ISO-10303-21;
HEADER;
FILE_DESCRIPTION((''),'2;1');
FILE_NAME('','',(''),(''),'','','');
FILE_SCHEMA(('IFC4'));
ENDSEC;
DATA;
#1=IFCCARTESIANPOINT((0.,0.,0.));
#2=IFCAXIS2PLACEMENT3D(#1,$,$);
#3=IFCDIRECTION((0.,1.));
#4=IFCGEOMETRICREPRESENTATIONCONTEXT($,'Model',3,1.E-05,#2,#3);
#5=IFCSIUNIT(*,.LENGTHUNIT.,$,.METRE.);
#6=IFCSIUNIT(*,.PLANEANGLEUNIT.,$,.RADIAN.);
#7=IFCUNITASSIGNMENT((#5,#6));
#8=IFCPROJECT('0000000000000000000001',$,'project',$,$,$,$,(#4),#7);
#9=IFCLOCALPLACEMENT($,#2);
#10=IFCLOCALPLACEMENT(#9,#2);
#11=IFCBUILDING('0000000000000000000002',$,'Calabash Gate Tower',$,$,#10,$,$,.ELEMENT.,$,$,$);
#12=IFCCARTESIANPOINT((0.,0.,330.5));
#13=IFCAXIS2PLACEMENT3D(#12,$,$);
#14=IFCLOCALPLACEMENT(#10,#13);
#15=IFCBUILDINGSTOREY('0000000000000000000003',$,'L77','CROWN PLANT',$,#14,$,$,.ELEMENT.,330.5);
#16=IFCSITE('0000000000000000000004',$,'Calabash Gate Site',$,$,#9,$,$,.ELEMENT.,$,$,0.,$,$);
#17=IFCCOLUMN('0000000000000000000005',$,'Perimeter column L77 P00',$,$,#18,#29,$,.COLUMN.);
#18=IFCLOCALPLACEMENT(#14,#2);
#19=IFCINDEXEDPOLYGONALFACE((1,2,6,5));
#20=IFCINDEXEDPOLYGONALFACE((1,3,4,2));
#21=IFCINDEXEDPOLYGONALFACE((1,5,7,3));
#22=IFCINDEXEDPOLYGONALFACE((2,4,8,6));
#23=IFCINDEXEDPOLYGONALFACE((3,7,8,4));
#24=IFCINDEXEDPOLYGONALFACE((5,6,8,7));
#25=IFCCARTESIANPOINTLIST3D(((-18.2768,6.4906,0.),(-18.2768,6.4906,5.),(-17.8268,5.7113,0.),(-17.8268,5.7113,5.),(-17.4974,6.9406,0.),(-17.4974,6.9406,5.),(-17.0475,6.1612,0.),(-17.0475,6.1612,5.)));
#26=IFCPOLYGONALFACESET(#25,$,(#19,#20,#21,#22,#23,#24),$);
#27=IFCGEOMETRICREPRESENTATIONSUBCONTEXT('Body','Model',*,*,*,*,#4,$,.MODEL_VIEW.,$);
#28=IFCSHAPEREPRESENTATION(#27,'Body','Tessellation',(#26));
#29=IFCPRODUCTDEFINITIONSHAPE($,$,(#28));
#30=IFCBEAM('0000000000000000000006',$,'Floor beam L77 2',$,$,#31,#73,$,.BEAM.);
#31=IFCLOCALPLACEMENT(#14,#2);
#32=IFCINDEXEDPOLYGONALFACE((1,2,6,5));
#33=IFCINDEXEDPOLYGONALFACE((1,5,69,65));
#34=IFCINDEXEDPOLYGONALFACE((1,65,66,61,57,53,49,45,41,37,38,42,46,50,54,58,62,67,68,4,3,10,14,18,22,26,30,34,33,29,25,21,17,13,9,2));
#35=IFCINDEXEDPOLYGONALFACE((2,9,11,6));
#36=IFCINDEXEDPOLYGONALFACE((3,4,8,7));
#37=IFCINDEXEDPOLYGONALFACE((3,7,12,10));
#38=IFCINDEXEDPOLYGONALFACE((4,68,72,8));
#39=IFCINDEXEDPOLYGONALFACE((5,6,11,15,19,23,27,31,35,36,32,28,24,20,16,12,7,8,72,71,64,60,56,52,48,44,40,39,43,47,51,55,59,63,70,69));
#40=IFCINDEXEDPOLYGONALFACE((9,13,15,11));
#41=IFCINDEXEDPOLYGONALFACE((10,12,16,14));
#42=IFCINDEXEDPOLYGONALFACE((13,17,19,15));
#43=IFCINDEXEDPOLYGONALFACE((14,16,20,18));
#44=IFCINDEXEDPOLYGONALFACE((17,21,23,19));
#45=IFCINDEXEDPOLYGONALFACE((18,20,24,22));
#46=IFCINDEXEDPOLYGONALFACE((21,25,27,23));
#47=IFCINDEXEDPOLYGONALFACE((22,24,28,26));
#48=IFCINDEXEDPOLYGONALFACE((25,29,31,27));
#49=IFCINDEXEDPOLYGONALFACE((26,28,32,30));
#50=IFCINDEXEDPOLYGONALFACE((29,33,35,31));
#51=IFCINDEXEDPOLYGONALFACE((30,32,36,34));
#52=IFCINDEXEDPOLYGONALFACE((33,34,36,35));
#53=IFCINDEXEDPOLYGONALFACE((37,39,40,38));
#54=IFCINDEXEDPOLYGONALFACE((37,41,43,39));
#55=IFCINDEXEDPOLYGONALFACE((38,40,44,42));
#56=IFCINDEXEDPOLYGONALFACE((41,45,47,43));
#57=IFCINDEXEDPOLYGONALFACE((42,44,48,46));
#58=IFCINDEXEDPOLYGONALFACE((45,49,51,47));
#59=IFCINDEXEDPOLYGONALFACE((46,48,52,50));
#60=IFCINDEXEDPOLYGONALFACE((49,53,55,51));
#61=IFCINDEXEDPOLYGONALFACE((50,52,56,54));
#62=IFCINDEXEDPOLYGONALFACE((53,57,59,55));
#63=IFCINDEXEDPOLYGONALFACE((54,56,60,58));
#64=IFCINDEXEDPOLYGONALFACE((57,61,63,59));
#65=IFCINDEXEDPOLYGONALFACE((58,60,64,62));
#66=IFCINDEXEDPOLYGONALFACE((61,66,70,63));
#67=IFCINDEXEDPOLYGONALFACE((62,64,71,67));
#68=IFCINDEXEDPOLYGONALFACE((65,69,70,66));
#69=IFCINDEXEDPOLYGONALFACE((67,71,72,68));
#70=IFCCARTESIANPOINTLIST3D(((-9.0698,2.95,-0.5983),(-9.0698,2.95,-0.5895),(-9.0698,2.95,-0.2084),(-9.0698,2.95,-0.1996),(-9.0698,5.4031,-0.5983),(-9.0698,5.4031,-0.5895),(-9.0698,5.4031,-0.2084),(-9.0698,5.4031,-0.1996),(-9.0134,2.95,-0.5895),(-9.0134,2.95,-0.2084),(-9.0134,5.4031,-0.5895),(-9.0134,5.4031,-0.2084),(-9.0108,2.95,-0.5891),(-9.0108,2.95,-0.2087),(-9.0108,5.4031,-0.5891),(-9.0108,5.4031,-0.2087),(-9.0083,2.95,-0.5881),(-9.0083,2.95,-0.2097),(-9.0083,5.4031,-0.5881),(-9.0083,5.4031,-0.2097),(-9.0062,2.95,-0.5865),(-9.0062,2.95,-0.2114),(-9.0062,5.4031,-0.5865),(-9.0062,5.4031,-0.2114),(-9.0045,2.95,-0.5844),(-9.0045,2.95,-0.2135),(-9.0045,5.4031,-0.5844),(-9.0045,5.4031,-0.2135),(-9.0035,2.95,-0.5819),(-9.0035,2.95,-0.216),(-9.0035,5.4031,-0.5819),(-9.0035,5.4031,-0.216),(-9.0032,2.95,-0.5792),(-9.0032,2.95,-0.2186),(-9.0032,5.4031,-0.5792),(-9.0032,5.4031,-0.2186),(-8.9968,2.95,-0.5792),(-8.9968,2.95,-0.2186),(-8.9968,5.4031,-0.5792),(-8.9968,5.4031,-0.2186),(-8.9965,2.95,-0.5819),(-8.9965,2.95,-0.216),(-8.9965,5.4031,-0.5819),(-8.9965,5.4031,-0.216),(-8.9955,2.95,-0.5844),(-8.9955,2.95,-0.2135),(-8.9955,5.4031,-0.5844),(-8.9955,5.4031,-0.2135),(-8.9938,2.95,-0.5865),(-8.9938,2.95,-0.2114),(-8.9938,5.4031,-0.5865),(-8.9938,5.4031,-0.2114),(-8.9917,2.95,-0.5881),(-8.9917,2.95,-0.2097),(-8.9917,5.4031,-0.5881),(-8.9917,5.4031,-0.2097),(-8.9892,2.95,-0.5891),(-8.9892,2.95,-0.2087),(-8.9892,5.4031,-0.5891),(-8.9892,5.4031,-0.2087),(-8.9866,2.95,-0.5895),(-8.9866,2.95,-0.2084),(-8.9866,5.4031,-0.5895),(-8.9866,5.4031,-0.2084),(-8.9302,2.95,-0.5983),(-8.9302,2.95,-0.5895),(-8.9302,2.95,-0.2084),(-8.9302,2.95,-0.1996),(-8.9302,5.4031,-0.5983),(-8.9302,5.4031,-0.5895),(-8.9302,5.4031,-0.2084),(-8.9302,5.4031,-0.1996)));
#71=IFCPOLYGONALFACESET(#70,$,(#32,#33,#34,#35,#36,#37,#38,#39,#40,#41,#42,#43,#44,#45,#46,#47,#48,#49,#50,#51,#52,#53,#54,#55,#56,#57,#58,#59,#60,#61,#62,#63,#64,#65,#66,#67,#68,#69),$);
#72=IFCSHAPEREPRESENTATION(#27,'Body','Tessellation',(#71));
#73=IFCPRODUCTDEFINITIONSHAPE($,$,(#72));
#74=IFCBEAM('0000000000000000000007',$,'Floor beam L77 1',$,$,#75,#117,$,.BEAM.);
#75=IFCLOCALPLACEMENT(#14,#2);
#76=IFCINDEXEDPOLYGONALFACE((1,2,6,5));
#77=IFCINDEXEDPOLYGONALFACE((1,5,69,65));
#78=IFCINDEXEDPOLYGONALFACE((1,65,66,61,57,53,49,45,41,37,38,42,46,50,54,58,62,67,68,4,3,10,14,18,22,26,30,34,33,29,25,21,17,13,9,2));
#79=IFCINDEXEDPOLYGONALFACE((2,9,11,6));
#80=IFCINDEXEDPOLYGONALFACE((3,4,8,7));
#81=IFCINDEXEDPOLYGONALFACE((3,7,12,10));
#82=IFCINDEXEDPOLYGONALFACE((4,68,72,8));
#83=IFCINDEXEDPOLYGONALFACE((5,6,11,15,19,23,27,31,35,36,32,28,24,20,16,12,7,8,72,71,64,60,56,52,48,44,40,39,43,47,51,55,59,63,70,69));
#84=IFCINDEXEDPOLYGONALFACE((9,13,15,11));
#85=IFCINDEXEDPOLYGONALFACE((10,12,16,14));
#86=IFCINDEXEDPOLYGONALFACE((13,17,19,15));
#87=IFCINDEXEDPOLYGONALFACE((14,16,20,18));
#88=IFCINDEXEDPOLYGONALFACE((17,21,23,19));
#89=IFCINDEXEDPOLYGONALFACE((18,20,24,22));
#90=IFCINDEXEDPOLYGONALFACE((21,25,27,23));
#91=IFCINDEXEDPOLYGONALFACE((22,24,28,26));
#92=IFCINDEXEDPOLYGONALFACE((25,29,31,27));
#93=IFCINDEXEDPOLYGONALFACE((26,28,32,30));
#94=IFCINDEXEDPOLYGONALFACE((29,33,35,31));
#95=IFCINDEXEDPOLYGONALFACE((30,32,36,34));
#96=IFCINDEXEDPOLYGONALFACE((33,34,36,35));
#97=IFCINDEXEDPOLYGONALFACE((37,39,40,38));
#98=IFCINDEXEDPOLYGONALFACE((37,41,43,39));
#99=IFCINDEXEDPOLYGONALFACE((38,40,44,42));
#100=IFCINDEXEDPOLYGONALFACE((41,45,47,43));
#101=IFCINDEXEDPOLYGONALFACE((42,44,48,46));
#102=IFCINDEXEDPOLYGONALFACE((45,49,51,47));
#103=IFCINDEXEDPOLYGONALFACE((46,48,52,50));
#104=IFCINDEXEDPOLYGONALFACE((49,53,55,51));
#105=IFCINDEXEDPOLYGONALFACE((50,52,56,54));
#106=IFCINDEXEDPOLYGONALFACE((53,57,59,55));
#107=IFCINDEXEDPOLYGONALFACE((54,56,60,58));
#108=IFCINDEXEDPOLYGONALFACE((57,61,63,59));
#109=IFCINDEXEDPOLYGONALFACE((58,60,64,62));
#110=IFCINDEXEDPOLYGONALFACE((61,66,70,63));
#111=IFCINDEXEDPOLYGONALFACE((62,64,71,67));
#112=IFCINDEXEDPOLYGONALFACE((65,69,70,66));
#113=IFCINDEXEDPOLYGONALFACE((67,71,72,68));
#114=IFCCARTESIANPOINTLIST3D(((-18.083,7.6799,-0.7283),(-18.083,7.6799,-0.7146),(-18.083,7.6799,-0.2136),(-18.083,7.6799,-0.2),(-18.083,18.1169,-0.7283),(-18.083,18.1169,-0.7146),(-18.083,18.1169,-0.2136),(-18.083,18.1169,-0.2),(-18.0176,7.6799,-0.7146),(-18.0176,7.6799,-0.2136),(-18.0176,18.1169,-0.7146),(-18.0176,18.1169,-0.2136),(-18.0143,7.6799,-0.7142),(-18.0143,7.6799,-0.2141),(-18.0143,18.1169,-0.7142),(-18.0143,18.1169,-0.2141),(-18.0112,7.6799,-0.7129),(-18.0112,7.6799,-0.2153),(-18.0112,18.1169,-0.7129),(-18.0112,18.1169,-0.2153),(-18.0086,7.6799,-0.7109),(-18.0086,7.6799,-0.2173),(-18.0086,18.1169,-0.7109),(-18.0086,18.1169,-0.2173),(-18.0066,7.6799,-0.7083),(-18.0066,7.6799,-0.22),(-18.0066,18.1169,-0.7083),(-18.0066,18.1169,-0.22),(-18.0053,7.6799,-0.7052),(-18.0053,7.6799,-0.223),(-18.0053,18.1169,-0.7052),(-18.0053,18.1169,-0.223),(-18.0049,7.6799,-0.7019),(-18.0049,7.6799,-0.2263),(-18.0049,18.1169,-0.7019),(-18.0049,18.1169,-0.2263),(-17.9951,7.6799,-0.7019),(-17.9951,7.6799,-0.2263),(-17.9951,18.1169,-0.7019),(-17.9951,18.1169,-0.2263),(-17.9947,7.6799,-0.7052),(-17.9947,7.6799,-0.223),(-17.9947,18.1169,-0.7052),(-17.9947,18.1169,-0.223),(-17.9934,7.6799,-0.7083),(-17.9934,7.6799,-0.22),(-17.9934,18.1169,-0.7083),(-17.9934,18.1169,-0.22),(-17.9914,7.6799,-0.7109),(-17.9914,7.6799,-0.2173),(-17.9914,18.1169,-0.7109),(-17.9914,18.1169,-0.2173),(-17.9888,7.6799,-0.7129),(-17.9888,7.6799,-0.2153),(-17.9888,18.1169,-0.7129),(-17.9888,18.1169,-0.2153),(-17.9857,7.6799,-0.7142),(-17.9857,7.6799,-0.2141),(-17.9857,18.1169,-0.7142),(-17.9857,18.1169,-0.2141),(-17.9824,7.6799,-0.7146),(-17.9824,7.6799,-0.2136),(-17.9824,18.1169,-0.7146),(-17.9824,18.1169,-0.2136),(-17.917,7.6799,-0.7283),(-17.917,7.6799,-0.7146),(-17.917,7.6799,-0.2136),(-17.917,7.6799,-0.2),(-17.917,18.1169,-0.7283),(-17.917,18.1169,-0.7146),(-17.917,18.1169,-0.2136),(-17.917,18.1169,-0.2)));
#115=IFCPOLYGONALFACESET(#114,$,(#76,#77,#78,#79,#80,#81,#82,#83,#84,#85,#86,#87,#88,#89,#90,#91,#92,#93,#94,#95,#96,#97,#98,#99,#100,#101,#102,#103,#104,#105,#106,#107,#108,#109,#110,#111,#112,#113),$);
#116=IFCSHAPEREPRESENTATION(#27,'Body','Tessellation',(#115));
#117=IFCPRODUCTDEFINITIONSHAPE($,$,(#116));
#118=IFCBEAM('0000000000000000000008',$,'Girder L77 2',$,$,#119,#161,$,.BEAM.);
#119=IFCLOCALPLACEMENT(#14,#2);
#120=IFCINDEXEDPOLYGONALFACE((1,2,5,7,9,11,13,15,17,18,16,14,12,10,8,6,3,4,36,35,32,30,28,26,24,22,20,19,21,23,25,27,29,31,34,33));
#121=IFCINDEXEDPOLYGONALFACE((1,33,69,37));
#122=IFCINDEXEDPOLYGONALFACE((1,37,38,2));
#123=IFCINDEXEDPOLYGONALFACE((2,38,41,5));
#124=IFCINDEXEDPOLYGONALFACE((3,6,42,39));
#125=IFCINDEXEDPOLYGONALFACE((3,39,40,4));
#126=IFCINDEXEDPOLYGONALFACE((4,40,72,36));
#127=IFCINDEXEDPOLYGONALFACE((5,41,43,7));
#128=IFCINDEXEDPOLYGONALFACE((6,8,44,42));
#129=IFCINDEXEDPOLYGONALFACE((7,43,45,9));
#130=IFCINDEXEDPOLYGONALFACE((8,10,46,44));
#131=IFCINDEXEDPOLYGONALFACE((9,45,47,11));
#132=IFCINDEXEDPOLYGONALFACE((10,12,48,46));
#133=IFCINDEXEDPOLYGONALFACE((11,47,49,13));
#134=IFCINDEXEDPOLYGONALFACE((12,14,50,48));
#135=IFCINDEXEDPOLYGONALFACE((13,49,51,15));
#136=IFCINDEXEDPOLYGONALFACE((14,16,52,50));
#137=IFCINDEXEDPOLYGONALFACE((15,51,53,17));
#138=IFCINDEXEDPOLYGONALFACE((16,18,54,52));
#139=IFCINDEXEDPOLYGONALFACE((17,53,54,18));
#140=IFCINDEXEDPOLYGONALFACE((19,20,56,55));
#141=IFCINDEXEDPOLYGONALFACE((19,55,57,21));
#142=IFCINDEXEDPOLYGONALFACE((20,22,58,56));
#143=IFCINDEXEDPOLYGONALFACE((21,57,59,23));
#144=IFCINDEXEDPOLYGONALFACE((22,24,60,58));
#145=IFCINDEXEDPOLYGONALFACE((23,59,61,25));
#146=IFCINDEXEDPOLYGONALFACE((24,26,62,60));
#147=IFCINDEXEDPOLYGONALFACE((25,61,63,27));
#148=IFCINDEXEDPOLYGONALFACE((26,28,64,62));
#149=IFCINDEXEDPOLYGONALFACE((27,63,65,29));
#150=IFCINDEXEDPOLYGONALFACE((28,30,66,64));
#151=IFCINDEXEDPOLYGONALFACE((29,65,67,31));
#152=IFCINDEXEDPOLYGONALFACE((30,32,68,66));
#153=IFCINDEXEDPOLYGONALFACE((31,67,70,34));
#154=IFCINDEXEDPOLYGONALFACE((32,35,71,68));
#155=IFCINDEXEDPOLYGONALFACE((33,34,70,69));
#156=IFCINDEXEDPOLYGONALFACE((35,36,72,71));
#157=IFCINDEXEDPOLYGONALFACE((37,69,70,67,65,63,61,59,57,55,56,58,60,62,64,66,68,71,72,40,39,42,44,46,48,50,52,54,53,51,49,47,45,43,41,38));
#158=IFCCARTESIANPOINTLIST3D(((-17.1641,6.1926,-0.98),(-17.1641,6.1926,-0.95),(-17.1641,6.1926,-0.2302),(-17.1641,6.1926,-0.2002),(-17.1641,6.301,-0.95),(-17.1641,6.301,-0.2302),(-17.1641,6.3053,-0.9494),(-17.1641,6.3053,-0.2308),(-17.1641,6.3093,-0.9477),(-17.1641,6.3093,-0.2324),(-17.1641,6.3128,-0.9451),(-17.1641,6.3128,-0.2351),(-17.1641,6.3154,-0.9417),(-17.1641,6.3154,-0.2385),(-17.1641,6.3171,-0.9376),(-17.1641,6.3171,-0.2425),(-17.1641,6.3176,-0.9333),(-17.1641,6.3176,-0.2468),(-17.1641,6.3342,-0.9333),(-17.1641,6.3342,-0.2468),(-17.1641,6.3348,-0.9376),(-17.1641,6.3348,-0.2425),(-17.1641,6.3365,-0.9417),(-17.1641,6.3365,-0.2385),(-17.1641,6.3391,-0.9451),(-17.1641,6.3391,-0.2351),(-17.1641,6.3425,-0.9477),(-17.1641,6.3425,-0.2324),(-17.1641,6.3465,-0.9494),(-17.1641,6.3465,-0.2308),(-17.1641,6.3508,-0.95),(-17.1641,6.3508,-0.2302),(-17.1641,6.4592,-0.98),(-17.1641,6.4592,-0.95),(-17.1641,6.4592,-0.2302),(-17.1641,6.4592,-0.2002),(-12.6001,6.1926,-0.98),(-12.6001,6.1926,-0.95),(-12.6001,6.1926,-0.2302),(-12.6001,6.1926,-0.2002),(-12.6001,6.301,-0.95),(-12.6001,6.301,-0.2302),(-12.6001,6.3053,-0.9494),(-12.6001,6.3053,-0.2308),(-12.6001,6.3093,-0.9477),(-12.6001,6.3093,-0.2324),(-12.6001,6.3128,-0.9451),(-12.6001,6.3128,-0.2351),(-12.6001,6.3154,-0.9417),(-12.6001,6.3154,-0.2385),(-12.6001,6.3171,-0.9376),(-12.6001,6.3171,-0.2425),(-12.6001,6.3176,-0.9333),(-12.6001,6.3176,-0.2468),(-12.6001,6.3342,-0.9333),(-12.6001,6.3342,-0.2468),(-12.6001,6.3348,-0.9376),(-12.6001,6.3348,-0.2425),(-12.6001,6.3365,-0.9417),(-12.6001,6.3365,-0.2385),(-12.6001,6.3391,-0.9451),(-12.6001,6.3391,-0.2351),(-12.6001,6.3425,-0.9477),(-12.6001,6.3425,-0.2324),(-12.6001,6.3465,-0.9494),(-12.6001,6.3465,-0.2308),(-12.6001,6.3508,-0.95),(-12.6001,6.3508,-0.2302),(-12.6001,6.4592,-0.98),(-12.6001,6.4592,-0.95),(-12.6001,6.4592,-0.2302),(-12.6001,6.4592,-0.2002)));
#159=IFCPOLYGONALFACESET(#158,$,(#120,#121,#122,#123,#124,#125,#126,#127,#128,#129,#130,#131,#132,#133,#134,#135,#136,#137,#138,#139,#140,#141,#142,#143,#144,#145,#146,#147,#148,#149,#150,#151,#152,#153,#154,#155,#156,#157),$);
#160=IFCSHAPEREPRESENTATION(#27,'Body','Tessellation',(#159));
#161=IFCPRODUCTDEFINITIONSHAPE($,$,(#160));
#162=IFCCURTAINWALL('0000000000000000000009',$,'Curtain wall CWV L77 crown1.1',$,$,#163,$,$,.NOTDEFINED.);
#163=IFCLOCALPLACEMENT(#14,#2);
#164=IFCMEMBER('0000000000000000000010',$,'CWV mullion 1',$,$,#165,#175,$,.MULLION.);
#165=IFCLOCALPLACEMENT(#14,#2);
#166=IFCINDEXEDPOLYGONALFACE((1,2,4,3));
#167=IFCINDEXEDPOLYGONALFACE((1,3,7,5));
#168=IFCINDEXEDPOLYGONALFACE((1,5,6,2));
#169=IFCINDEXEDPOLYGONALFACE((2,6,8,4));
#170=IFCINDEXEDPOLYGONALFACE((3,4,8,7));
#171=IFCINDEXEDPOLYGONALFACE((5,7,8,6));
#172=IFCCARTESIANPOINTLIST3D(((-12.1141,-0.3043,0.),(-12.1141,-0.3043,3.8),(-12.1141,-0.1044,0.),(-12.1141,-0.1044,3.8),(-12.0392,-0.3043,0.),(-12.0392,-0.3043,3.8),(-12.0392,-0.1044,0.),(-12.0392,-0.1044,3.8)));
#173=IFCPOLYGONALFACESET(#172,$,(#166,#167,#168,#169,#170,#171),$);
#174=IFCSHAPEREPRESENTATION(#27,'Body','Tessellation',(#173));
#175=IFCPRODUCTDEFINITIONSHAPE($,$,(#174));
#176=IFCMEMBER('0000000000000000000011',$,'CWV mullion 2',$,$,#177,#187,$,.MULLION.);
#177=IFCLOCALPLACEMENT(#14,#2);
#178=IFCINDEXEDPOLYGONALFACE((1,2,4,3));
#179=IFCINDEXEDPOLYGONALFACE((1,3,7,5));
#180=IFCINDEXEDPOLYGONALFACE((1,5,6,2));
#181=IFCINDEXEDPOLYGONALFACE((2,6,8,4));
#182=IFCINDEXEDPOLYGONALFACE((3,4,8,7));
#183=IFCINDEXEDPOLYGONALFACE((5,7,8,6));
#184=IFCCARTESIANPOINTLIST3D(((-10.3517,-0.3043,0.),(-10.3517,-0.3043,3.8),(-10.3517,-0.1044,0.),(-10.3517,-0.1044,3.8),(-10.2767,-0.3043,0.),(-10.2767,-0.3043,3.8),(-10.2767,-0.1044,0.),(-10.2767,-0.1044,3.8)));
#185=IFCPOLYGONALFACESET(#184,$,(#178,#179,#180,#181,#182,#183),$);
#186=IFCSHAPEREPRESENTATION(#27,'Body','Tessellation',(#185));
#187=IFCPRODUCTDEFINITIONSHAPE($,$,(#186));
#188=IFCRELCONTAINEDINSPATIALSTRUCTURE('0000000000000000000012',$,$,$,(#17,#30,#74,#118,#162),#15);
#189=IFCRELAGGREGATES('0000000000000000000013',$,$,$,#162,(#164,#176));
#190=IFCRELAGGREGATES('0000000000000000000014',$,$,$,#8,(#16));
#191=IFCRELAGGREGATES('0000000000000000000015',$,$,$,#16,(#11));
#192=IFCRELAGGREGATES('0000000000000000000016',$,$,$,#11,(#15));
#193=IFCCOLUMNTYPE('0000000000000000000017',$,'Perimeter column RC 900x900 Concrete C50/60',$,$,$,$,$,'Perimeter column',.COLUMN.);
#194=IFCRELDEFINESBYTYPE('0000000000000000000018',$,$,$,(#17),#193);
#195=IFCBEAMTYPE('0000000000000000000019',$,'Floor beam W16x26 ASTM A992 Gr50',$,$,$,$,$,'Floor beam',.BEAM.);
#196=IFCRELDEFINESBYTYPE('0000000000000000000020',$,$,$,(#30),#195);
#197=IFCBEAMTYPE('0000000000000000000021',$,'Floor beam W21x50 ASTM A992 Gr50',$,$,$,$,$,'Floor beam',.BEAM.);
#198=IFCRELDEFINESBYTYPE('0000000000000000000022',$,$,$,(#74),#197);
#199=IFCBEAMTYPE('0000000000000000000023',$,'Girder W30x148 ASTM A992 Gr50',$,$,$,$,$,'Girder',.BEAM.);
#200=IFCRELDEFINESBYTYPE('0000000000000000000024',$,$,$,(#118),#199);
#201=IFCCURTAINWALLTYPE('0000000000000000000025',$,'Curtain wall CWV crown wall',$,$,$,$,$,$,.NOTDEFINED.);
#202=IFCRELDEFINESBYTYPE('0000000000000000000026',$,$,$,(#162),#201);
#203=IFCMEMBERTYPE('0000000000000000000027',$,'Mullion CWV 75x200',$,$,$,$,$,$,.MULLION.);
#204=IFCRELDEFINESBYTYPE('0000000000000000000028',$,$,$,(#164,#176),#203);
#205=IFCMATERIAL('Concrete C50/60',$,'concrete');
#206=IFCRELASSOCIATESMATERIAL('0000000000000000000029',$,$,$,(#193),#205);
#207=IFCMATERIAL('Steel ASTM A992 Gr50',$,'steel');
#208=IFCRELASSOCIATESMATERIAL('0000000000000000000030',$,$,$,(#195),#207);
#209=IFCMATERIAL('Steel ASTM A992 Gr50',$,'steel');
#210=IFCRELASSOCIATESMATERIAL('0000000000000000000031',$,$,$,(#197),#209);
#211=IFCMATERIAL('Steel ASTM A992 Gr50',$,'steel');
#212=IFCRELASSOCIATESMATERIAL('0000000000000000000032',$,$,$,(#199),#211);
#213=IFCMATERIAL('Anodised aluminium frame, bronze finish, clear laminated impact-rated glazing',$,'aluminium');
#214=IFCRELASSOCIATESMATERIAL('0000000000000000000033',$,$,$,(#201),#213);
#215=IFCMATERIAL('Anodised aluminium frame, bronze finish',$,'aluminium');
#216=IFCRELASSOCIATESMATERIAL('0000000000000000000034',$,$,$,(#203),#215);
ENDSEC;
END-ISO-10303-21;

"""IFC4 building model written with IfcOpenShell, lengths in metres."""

from ifc_helpers import new_model, si_unit, direction, frame, origin, origin_2d, place, context, subcontext, project, spatial, rectangle, i_section, extrude, material, material_profile, profile_set, type_object, element, aggregate, save


model = new_model("IFC4")

# Units and contexts
model_context = context("Model", 3, precision=1e-05, world=origin(), true_north=direction((0.0, 1.0)))
body_context = subcontext(model_context, "Body", "Model", "MODEL_VIEW")
ifc_project = project(units=[si_unit("LENGTHUNIT", "METRE"), si_unit("PLANEANGLEUNIT", "RADIAN")], contexts=[model_context])

# Site, building, storey
site_placement = place(None, origin())
site = spatial("IfcSite", under=ifc_project, at=site_placement, Name="Calabash Gate Site", CompositionType="ELEMENT", RefElevation=0.0)
building_placement = place(site_placement, origin())
building = spatial("IfcBuilding", under=site, at=building_placement, Name="Calabash Gate Tower", CompositionType="ELEMENT")
storey_placement = place(building_placement, frame((0.0, 0.0, 330.5)))
storey = spatial("IfcBuildingStorey", under=building, at=storey_placement, Name="L77", Description="CROWN PLANT", CompositionType="ELEMENT", Elevation=330.5)

# Column
ifc_material_1 = material(Name="Concrete C50/60", Category="concrete")
ifc_material_profile_1 = material_profile(ifc_material_1, rectangle(XDim=0.8999, YDim=0.8999, at=origin_2d()))
ifc_profile_set_1 = profile_set([ifc_material_profile_1], Name="Concrete C50/60")
column_type = type_object("IfcColumnType", Name="Perimeter column RC 900x900 Concrete C50/60", ElementType="Perimeter column", PredefinedType="COLUMN", material=ifc_profile_set_1)
column_placement = place(storey_placement, frame((-17.6621, 6.3259, 0.0), z_axis=(0.0, 0.0, 1.0), x_axis=(0.5, -0.866025, 0.0)))
element("IfcColumn", 1, at=column_placement, inside=storey, type_object=column_type, Name="Perimeter column L77 P00", PredefinedType="COLUMN", context=body_context, shape_type="SweptSolid", body=[
    extrude(rectangle(XDim=0.8999, YDim=0.8999, at=origin_2d()), origin(), (0.0, 0.0, 1.0), 5.0),
])

# Beams
ifc_material_2 = material(Name="Steel ASTM A992 Gr50", Category="steel")
ifc_material_profile_2 = material_profile(ifc_material_2, i_section(OverallWidth=0.1396, OverallDepth=0.3987, WebThickness=0.0063, FlangeThickness=0.0088, FilletRadius=0.0103, at=origin_2d()))
ifc_profile_set_2 = profile_set([ifc_material_profile_2], Name="Steel ASTM A992 Gr50")
beam_type_1 = type_object("IfcBeamType", Name="Floor beam W16x26 ASTM A992 Gr50", ElementType="Floor beam", PredefinedType="BEAM", material=ifc_profile_set_2)
beam_1_placement = place(storey_placement, frame((-9.0, 2.95, -0.3989), z_axis=(0.0, 1.0, 0.0), x_axis=(-1.0, 0.0, 0.0)))
element("IfcBeam", 2, at=beam_1_placement, inside=storey, type_object=beam_type_1, Name="Floor beam L77 2", PredefinedType="BEAM", context=body_context, shape_type="SweptSolid", body=[
    extrude(i_section(OverallWidth=0.1396, OverallDepth=0.3987, WebThickness=0.0063, FlangeThickness=0.0088, FilletRadius=0.0103, at=origin_2d()), origin(), (0.0, 0.0, 1.0), 2.4531),
])
ifc_material_3 = material(Name="Steel ASTM A992 Gr50", Category="steel")
ifc_material_profile_3 = material_profile(ifc_material_3, i_section(OverallWidth=0.166, OverallDepth=0.5283, WebThickness=0.0098, FlangeThickness=0.0137, FilletRadius=0.0127, at=origin_2d()))
ifc_profile_set_3 = profile_set([ifc_material_profile_3], Name="Steel ASTM A992 Gr50")
beam_type_2 = type_object("IfcBeamType", Name="Floor beam W21x50 ASTM A992 Gr50", ElementType="Floor beam", PredefinedType="BEAM", material=ifc_profile_set_3)
beam_2_placement = place(storey_placement, frame((-18.0, 7.6799, -0.4641), z_axis=(0.0, 1.0, 0.0), x_axis=(-1.0, 0.0, 0.0)))
element("IfcBeam", 3, at=beam_2_placement, inside=storey, type_object=beam_type_2, Name="Floor beam L77 1", PredefinedType="BEAM", context=body_context, shape_type="SweptSolid", body=[
    extrude(i_section(OverallWidth=0.166, OverallDepth=0.5283, WebThickness=0.0098, FlangeThickness=0.0137, FilletRadius=0.0127, at=origin_2d()), origin(), (0.0, 0.0, 1.0), 10.437),
])
ifc_material_4 = material(Name="Steel ASTM A992 Gr50", Category="steel")
ifc_material_profile_4 = material_profile(ifc_material_4, i_section(OverallWidth=0.2666, OverallDepth=0.7798, WebThickness=0.0166, FlangeThickness=0.03, FilletRadius=0.0166, at=origin_2d()))
ifc_profile_set_4 = profile_set([ifc_material_profile_4], Name="Steel ASTM A992 Gr50")
beam_type_3 = type_object("IfcBeamType", Name="Girder W30x148 ASTM A992 Gr50", ElementType="Girder", PredefinedType="BEAM", material=ifc_profile_set_4)
beam_3_placement = place(storey_placement, frame((-17.1641, 6.3259, -0.5901), z_axis=(1.0, 0.0, 0.0), x_axis=(0.0, 1.0, 0.0)))
element("IfcBeam", 4, at=beam_3_placement, inside=storey, type_object=beam_type_3, Name="Girder L77 2", PredefinedType="BEAM", context=body_context, shape_type="SweptSolid", body=[
    extrude(i_section(OverallWidth=0.2666, OverallDepth=0.7798, WebThickness=0.0166, FlangeThickness=0.03, FilletRadius=0.0166, at=origin_2d()), origin(), (0.0, 0.0, 1.0), 4.564),
])

# Curtain wall, members
ifc_material_5 = material(Name="Anodised aluminium frame, bronze finish, clear laminated impact-rated glazing", Category="aluminium")
curtain_wall_type = type_object("IfcCurtainWallType", Name="Curtain wall CWV crown wall", PredefinedType="NOTDEFINED", material=ifc_material_5)
curtain_wall_placement = place(storey_placement, origin())
curtain_wall = element("IfcCurtainWall", 5, at=curtain_wall_placement, inside=storey, type_object=curtain_wall_type, Name="Curtain wall CWV L77 crown1.1", PredefinedType="NOTDEFINED")
ifc_material_6 = material(Name="Anodised aluminium frame, bronze finish", Category="aluminium")
ifc_material_profile_5 = material_profile(ifc_material_6, rectangle(XDim=0.2, YDim=0.075, at=origin_2d()))
ifc_profile_set_5 = profile_set([ifc_material_profile_5], Name="Anodised aluminium frame, bronze finish")
member_type_1 = type_object("IfcMemberType", Name="Mullion CWV 75x200", PredefinedType="MULLION", material=ifc_profile_set_5)
member_1_placement = place(storey_placement, frame((-12.0767, -0.2043, 0.0), z_axis=(0.0, 0.0, 1.0), x_axis=(0.0, 1.0, 0.0)))
member_1 = element("IfcMember", 6, at=member_1_placement, type_object=member_type_1, Name="CWV mullion 1", PredefinedType="MULLION", context=body_context, shape_type="SweptSolid", body=[
    extrude(rectangle(XDim=0.2, YDim=0.075, at=origin_2d()), origin(), (0.0, 0.0, 1.0), 3.8),
])
member_2_placement = place(storey_placement, frame((-10.3142, -0.2043, 0.0), z_axis=(0.0, 0.0, 1.0), x_axis=(0.0, 1.0, 0.0)))
member_2 = element("IfcMember", 7, at=member_2_placement, type_object=member_type_1, Name="CWV mullion 2", PredefinedType="MULLION", context=body_context, shape_type="SweptSolid", body=[
    extrude(rectangle(XDim=0.2, YDim=0.075, at=origin_2d()), origin(), (0.0, 0.0, 1.0), 3.8),
])
aggregate(curtain_wall, [member_1, member_2])

save(model, "model.ifc")
